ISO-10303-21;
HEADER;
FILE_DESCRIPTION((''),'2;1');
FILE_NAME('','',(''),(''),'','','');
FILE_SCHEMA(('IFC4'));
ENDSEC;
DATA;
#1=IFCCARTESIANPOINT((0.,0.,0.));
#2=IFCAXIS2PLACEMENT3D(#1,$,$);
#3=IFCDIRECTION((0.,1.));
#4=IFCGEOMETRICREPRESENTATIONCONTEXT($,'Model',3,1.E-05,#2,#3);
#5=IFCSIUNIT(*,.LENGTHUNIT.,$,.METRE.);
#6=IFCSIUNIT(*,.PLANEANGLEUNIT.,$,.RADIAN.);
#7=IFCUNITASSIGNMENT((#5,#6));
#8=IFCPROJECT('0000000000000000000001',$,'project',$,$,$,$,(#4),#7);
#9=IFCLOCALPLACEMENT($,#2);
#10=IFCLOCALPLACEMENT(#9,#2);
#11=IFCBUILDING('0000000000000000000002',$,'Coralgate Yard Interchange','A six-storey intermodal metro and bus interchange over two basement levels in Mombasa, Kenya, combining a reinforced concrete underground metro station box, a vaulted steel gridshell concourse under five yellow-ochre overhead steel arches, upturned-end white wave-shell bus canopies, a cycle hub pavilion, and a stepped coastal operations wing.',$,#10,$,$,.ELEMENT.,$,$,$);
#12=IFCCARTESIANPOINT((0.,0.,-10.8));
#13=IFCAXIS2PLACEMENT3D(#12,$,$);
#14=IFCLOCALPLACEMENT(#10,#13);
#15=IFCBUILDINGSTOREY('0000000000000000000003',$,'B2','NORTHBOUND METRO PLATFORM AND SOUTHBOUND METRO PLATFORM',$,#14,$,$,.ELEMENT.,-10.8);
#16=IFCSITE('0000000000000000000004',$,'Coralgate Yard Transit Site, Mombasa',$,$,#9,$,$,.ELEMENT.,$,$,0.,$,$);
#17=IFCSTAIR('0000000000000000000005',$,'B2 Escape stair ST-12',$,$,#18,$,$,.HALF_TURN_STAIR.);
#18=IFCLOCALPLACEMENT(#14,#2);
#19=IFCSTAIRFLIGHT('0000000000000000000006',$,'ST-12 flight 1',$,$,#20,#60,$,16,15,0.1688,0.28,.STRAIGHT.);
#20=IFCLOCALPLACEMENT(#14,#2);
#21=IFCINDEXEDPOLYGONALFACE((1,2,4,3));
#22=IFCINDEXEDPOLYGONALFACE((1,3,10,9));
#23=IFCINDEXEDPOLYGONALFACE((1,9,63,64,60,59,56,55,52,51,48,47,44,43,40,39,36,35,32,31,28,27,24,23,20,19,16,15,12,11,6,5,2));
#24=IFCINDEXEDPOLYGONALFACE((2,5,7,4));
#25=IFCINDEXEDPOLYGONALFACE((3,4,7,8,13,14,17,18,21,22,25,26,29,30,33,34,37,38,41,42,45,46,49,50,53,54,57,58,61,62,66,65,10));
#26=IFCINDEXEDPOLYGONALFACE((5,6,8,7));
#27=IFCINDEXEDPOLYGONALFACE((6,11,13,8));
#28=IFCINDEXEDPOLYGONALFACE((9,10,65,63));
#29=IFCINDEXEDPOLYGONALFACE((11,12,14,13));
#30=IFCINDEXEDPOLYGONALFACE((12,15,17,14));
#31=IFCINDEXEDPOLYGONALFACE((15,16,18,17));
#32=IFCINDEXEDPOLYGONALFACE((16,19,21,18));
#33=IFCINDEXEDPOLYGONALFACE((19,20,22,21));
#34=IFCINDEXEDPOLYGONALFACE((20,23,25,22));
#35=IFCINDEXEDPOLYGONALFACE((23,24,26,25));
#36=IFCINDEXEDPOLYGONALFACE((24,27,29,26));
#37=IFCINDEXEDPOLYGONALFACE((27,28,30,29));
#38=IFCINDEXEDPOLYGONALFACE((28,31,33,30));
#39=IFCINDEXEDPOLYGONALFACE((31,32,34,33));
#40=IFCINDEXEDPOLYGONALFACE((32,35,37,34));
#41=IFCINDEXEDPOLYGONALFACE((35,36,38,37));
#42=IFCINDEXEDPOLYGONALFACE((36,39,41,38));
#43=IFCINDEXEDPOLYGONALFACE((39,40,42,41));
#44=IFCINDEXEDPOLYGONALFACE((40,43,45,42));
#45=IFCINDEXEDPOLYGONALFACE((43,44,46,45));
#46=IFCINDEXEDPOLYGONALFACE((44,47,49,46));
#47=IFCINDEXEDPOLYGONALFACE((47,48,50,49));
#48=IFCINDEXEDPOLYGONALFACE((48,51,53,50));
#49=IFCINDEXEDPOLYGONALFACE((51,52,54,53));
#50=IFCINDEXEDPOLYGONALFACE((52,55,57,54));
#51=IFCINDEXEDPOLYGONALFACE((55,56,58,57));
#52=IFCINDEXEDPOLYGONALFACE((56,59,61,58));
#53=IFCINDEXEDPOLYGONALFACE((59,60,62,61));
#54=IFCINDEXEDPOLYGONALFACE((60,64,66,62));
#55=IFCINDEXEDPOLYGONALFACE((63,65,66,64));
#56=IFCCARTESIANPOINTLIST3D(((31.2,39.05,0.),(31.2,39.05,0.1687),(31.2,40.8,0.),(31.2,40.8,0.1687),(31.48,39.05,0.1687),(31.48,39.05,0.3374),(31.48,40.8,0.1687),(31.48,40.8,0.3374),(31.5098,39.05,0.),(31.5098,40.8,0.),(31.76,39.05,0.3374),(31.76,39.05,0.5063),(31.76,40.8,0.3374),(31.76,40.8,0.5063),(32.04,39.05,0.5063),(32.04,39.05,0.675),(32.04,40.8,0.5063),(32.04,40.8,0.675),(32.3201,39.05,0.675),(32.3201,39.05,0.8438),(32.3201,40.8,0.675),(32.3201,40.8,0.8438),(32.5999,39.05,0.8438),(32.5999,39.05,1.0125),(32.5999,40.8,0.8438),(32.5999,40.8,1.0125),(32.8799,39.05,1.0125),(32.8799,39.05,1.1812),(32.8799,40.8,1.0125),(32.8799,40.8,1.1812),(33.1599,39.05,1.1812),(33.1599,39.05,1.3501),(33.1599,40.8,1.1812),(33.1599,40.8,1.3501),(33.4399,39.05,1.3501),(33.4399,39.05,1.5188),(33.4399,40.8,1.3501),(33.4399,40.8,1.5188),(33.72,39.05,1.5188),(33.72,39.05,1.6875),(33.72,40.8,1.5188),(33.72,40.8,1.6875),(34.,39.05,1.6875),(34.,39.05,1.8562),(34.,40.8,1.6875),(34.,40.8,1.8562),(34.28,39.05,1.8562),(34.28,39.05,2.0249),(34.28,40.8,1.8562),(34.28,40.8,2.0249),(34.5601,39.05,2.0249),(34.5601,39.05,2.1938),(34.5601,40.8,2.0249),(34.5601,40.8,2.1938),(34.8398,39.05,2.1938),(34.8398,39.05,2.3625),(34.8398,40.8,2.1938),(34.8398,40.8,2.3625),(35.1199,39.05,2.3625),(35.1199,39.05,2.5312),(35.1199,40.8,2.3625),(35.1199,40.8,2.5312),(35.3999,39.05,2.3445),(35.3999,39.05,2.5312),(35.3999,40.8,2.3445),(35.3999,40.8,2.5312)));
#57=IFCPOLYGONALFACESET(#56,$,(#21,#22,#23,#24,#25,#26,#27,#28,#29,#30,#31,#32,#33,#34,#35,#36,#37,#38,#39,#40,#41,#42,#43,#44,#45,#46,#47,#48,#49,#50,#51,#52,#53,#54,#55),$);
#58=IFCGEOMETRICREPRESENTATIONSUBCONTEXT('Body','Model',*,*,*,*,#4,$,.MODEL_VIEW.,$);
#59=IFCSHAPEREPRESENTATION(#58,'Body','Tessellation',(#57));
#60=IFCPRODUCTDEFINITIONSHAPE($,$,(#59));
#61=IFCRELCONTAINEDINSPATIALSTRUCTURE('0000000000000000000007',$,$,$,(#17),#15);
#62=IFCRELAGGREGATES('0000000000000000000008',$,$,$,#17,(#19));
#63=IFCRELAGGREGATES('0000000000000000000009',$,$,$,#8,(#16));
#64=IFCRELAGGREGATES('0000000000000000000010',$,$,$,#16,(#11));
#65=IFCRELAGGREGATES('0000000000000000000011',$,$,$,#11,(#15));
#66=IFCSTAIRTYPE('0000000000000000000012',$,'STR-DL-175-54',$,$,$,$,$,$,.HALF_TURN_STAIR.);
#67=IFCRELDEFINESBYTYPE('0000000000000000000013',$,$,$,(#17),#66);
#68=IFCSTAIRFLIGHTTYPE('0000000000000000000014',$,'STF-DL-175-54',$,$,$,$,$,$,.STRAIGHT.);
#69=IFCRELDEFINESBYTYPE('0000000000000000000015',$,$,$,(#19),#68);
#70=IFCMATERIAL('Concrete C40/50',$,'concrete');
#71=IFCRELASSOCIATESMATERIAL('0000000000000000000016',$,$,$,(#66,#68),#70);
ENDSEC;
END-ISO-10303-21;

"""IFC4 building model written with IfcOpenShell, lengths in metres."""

from ifc_helpers import new_model, si_unit, direction, frame, origin, place, context, subcontext, project, spatial, polyline, outline, extrude, material, type_object, element, aggregate, save


model = new_model("IFC4")

# Units and contexts
model_context = context("Model", 3, precision=1e-05, world=origin(), true_north=direction((0.0, 1.0)))
body_context = subcontext(model_context, "Body", "Model", "MODEL_VIEW")
ifc_project = project(units=[si_unit("LENGTHUNIT", "METRE"), si_unit("PLANEANGLEUNIT", "RADIAN")], contexts=[model_context])

# Site, building, storey
site_placement = place(None, origin())
site = spatial("IfcSite", under=ifc_project, at=site_placement, Name="Coralgate Yard Transit Site, Mombasa", CompositionType="ELEMENT", RefElevation=0.0)
building_placement = place(site_placement, origin())
building = spatial("IfcBuilding", under=site, at=building_placement, Name="Coralgate Yard Interchange", Description="A six-storey intermodal metro and bus interchange over two basement levels in Mombasa, Kenya, combining a reinforced concrete underground metro station box, a vaulted steel gridshell concourse under five yellow-ochre overhead steel arches, upturned-end white wave-shell bus canopies, a cycle hub pavilion, and a stepped coastal operations wing.", CompositionType="ELEMENT")
storey_placement = place(building_placement, frame((0.0, 0.0, -10.8)))
storey = spatial("IfcBuildingStorey", under=building, at=storey_placement, Name="B2", Description="NORTHBOUND METRO PLATFORM AND SOUTHBOUND METRO PLATFORM", CompositionType="ELEMENT", Elevation=-10.8)

# Shared definitions
ifc_material_1 = material(Name="Concrete C40/50", Category="concrete")

# Stair, stair flight
stair_type = type_object("IfcStairType", Name="STR-DL-175-54", PredefinedType="HALF_TURN_STAIR", material=ifc_material_1)
stair_placement = place(storey_placement, origin())
stair = element("IfcStair", 1, at=stair_placement, inside=storey, type_object=stair_type, Name="B2 Escape stair ST-12", PredefinedType="HALF_TURN_STAIR")
stair_flight_type = type_object("IfcStairFlightType", Name="STF-DL-175-54", PredefinedType="STRAIGHT", material=ifc_material_1)
stair_flight_placement = place(storey_placement, frame((31.2, 39.925, 0.0), z_axis=(0.0, 0.0, 1.0), x_axis=(1.0, 0.0, 0.0)))
stair_flight = element("IfcStairFlight", 2, at=stair_flight_placement, type_object=stair_flight_type, Name="ST-12 flight 1", NumberOfRisers=16, NumberOfTreads=15, PredefinedType="STRAIGHT", RiserHeight=0.1688, TreadLength=0.28, context=body_context, shape_type="SweptSolid", body=[
    extrude(outline(polyline([(0.0, 0.0), (0.0, 0.1687), (0.28, 0.1687), (0.28, 0.3374), (0.5601, 0.3374), (0.5601, 0.5063), (0.8401, 0.5063), (0.8401, 0.675), (1.1201, 0.675), (1.1201, 0.8438), (1.3999, 0.8438), (1.3999, 1.0125), (1.6799, 1.0125), (1.6799, 1.1812), (1.96, 1.1812), (1.96, 1.3501), (2.24, 1.3501), (2.24, 1.5188), (2.52, 1.5188), (2.52, 1.6875), (2.8, 1.6875), (2.8, 1.8562), (3.0801, 1.8562), (3.0801, 2.0249), (3.3601, 2.0249), (3.3601, 2.1938), (3.6399, 2.1938), (3.6399, 2.3625), (3.9199, 2.3625), (3.9199, 2.5312), (4.2, 2.5312), (4.2, 2.7), (4.2, 2.3445), (0.3098, 0.0), (0.0, 0.0)])), frame((0.0, 0.875, 0.0), z_axis=(0.0, -1.0, 0.0), x_axis=(1.0, 0.0, 0.0)), (0.0, 0.0, 1.0), 1.75),
])
aggregate(stair, [stair_flight])

save(model, "model.ifc")
